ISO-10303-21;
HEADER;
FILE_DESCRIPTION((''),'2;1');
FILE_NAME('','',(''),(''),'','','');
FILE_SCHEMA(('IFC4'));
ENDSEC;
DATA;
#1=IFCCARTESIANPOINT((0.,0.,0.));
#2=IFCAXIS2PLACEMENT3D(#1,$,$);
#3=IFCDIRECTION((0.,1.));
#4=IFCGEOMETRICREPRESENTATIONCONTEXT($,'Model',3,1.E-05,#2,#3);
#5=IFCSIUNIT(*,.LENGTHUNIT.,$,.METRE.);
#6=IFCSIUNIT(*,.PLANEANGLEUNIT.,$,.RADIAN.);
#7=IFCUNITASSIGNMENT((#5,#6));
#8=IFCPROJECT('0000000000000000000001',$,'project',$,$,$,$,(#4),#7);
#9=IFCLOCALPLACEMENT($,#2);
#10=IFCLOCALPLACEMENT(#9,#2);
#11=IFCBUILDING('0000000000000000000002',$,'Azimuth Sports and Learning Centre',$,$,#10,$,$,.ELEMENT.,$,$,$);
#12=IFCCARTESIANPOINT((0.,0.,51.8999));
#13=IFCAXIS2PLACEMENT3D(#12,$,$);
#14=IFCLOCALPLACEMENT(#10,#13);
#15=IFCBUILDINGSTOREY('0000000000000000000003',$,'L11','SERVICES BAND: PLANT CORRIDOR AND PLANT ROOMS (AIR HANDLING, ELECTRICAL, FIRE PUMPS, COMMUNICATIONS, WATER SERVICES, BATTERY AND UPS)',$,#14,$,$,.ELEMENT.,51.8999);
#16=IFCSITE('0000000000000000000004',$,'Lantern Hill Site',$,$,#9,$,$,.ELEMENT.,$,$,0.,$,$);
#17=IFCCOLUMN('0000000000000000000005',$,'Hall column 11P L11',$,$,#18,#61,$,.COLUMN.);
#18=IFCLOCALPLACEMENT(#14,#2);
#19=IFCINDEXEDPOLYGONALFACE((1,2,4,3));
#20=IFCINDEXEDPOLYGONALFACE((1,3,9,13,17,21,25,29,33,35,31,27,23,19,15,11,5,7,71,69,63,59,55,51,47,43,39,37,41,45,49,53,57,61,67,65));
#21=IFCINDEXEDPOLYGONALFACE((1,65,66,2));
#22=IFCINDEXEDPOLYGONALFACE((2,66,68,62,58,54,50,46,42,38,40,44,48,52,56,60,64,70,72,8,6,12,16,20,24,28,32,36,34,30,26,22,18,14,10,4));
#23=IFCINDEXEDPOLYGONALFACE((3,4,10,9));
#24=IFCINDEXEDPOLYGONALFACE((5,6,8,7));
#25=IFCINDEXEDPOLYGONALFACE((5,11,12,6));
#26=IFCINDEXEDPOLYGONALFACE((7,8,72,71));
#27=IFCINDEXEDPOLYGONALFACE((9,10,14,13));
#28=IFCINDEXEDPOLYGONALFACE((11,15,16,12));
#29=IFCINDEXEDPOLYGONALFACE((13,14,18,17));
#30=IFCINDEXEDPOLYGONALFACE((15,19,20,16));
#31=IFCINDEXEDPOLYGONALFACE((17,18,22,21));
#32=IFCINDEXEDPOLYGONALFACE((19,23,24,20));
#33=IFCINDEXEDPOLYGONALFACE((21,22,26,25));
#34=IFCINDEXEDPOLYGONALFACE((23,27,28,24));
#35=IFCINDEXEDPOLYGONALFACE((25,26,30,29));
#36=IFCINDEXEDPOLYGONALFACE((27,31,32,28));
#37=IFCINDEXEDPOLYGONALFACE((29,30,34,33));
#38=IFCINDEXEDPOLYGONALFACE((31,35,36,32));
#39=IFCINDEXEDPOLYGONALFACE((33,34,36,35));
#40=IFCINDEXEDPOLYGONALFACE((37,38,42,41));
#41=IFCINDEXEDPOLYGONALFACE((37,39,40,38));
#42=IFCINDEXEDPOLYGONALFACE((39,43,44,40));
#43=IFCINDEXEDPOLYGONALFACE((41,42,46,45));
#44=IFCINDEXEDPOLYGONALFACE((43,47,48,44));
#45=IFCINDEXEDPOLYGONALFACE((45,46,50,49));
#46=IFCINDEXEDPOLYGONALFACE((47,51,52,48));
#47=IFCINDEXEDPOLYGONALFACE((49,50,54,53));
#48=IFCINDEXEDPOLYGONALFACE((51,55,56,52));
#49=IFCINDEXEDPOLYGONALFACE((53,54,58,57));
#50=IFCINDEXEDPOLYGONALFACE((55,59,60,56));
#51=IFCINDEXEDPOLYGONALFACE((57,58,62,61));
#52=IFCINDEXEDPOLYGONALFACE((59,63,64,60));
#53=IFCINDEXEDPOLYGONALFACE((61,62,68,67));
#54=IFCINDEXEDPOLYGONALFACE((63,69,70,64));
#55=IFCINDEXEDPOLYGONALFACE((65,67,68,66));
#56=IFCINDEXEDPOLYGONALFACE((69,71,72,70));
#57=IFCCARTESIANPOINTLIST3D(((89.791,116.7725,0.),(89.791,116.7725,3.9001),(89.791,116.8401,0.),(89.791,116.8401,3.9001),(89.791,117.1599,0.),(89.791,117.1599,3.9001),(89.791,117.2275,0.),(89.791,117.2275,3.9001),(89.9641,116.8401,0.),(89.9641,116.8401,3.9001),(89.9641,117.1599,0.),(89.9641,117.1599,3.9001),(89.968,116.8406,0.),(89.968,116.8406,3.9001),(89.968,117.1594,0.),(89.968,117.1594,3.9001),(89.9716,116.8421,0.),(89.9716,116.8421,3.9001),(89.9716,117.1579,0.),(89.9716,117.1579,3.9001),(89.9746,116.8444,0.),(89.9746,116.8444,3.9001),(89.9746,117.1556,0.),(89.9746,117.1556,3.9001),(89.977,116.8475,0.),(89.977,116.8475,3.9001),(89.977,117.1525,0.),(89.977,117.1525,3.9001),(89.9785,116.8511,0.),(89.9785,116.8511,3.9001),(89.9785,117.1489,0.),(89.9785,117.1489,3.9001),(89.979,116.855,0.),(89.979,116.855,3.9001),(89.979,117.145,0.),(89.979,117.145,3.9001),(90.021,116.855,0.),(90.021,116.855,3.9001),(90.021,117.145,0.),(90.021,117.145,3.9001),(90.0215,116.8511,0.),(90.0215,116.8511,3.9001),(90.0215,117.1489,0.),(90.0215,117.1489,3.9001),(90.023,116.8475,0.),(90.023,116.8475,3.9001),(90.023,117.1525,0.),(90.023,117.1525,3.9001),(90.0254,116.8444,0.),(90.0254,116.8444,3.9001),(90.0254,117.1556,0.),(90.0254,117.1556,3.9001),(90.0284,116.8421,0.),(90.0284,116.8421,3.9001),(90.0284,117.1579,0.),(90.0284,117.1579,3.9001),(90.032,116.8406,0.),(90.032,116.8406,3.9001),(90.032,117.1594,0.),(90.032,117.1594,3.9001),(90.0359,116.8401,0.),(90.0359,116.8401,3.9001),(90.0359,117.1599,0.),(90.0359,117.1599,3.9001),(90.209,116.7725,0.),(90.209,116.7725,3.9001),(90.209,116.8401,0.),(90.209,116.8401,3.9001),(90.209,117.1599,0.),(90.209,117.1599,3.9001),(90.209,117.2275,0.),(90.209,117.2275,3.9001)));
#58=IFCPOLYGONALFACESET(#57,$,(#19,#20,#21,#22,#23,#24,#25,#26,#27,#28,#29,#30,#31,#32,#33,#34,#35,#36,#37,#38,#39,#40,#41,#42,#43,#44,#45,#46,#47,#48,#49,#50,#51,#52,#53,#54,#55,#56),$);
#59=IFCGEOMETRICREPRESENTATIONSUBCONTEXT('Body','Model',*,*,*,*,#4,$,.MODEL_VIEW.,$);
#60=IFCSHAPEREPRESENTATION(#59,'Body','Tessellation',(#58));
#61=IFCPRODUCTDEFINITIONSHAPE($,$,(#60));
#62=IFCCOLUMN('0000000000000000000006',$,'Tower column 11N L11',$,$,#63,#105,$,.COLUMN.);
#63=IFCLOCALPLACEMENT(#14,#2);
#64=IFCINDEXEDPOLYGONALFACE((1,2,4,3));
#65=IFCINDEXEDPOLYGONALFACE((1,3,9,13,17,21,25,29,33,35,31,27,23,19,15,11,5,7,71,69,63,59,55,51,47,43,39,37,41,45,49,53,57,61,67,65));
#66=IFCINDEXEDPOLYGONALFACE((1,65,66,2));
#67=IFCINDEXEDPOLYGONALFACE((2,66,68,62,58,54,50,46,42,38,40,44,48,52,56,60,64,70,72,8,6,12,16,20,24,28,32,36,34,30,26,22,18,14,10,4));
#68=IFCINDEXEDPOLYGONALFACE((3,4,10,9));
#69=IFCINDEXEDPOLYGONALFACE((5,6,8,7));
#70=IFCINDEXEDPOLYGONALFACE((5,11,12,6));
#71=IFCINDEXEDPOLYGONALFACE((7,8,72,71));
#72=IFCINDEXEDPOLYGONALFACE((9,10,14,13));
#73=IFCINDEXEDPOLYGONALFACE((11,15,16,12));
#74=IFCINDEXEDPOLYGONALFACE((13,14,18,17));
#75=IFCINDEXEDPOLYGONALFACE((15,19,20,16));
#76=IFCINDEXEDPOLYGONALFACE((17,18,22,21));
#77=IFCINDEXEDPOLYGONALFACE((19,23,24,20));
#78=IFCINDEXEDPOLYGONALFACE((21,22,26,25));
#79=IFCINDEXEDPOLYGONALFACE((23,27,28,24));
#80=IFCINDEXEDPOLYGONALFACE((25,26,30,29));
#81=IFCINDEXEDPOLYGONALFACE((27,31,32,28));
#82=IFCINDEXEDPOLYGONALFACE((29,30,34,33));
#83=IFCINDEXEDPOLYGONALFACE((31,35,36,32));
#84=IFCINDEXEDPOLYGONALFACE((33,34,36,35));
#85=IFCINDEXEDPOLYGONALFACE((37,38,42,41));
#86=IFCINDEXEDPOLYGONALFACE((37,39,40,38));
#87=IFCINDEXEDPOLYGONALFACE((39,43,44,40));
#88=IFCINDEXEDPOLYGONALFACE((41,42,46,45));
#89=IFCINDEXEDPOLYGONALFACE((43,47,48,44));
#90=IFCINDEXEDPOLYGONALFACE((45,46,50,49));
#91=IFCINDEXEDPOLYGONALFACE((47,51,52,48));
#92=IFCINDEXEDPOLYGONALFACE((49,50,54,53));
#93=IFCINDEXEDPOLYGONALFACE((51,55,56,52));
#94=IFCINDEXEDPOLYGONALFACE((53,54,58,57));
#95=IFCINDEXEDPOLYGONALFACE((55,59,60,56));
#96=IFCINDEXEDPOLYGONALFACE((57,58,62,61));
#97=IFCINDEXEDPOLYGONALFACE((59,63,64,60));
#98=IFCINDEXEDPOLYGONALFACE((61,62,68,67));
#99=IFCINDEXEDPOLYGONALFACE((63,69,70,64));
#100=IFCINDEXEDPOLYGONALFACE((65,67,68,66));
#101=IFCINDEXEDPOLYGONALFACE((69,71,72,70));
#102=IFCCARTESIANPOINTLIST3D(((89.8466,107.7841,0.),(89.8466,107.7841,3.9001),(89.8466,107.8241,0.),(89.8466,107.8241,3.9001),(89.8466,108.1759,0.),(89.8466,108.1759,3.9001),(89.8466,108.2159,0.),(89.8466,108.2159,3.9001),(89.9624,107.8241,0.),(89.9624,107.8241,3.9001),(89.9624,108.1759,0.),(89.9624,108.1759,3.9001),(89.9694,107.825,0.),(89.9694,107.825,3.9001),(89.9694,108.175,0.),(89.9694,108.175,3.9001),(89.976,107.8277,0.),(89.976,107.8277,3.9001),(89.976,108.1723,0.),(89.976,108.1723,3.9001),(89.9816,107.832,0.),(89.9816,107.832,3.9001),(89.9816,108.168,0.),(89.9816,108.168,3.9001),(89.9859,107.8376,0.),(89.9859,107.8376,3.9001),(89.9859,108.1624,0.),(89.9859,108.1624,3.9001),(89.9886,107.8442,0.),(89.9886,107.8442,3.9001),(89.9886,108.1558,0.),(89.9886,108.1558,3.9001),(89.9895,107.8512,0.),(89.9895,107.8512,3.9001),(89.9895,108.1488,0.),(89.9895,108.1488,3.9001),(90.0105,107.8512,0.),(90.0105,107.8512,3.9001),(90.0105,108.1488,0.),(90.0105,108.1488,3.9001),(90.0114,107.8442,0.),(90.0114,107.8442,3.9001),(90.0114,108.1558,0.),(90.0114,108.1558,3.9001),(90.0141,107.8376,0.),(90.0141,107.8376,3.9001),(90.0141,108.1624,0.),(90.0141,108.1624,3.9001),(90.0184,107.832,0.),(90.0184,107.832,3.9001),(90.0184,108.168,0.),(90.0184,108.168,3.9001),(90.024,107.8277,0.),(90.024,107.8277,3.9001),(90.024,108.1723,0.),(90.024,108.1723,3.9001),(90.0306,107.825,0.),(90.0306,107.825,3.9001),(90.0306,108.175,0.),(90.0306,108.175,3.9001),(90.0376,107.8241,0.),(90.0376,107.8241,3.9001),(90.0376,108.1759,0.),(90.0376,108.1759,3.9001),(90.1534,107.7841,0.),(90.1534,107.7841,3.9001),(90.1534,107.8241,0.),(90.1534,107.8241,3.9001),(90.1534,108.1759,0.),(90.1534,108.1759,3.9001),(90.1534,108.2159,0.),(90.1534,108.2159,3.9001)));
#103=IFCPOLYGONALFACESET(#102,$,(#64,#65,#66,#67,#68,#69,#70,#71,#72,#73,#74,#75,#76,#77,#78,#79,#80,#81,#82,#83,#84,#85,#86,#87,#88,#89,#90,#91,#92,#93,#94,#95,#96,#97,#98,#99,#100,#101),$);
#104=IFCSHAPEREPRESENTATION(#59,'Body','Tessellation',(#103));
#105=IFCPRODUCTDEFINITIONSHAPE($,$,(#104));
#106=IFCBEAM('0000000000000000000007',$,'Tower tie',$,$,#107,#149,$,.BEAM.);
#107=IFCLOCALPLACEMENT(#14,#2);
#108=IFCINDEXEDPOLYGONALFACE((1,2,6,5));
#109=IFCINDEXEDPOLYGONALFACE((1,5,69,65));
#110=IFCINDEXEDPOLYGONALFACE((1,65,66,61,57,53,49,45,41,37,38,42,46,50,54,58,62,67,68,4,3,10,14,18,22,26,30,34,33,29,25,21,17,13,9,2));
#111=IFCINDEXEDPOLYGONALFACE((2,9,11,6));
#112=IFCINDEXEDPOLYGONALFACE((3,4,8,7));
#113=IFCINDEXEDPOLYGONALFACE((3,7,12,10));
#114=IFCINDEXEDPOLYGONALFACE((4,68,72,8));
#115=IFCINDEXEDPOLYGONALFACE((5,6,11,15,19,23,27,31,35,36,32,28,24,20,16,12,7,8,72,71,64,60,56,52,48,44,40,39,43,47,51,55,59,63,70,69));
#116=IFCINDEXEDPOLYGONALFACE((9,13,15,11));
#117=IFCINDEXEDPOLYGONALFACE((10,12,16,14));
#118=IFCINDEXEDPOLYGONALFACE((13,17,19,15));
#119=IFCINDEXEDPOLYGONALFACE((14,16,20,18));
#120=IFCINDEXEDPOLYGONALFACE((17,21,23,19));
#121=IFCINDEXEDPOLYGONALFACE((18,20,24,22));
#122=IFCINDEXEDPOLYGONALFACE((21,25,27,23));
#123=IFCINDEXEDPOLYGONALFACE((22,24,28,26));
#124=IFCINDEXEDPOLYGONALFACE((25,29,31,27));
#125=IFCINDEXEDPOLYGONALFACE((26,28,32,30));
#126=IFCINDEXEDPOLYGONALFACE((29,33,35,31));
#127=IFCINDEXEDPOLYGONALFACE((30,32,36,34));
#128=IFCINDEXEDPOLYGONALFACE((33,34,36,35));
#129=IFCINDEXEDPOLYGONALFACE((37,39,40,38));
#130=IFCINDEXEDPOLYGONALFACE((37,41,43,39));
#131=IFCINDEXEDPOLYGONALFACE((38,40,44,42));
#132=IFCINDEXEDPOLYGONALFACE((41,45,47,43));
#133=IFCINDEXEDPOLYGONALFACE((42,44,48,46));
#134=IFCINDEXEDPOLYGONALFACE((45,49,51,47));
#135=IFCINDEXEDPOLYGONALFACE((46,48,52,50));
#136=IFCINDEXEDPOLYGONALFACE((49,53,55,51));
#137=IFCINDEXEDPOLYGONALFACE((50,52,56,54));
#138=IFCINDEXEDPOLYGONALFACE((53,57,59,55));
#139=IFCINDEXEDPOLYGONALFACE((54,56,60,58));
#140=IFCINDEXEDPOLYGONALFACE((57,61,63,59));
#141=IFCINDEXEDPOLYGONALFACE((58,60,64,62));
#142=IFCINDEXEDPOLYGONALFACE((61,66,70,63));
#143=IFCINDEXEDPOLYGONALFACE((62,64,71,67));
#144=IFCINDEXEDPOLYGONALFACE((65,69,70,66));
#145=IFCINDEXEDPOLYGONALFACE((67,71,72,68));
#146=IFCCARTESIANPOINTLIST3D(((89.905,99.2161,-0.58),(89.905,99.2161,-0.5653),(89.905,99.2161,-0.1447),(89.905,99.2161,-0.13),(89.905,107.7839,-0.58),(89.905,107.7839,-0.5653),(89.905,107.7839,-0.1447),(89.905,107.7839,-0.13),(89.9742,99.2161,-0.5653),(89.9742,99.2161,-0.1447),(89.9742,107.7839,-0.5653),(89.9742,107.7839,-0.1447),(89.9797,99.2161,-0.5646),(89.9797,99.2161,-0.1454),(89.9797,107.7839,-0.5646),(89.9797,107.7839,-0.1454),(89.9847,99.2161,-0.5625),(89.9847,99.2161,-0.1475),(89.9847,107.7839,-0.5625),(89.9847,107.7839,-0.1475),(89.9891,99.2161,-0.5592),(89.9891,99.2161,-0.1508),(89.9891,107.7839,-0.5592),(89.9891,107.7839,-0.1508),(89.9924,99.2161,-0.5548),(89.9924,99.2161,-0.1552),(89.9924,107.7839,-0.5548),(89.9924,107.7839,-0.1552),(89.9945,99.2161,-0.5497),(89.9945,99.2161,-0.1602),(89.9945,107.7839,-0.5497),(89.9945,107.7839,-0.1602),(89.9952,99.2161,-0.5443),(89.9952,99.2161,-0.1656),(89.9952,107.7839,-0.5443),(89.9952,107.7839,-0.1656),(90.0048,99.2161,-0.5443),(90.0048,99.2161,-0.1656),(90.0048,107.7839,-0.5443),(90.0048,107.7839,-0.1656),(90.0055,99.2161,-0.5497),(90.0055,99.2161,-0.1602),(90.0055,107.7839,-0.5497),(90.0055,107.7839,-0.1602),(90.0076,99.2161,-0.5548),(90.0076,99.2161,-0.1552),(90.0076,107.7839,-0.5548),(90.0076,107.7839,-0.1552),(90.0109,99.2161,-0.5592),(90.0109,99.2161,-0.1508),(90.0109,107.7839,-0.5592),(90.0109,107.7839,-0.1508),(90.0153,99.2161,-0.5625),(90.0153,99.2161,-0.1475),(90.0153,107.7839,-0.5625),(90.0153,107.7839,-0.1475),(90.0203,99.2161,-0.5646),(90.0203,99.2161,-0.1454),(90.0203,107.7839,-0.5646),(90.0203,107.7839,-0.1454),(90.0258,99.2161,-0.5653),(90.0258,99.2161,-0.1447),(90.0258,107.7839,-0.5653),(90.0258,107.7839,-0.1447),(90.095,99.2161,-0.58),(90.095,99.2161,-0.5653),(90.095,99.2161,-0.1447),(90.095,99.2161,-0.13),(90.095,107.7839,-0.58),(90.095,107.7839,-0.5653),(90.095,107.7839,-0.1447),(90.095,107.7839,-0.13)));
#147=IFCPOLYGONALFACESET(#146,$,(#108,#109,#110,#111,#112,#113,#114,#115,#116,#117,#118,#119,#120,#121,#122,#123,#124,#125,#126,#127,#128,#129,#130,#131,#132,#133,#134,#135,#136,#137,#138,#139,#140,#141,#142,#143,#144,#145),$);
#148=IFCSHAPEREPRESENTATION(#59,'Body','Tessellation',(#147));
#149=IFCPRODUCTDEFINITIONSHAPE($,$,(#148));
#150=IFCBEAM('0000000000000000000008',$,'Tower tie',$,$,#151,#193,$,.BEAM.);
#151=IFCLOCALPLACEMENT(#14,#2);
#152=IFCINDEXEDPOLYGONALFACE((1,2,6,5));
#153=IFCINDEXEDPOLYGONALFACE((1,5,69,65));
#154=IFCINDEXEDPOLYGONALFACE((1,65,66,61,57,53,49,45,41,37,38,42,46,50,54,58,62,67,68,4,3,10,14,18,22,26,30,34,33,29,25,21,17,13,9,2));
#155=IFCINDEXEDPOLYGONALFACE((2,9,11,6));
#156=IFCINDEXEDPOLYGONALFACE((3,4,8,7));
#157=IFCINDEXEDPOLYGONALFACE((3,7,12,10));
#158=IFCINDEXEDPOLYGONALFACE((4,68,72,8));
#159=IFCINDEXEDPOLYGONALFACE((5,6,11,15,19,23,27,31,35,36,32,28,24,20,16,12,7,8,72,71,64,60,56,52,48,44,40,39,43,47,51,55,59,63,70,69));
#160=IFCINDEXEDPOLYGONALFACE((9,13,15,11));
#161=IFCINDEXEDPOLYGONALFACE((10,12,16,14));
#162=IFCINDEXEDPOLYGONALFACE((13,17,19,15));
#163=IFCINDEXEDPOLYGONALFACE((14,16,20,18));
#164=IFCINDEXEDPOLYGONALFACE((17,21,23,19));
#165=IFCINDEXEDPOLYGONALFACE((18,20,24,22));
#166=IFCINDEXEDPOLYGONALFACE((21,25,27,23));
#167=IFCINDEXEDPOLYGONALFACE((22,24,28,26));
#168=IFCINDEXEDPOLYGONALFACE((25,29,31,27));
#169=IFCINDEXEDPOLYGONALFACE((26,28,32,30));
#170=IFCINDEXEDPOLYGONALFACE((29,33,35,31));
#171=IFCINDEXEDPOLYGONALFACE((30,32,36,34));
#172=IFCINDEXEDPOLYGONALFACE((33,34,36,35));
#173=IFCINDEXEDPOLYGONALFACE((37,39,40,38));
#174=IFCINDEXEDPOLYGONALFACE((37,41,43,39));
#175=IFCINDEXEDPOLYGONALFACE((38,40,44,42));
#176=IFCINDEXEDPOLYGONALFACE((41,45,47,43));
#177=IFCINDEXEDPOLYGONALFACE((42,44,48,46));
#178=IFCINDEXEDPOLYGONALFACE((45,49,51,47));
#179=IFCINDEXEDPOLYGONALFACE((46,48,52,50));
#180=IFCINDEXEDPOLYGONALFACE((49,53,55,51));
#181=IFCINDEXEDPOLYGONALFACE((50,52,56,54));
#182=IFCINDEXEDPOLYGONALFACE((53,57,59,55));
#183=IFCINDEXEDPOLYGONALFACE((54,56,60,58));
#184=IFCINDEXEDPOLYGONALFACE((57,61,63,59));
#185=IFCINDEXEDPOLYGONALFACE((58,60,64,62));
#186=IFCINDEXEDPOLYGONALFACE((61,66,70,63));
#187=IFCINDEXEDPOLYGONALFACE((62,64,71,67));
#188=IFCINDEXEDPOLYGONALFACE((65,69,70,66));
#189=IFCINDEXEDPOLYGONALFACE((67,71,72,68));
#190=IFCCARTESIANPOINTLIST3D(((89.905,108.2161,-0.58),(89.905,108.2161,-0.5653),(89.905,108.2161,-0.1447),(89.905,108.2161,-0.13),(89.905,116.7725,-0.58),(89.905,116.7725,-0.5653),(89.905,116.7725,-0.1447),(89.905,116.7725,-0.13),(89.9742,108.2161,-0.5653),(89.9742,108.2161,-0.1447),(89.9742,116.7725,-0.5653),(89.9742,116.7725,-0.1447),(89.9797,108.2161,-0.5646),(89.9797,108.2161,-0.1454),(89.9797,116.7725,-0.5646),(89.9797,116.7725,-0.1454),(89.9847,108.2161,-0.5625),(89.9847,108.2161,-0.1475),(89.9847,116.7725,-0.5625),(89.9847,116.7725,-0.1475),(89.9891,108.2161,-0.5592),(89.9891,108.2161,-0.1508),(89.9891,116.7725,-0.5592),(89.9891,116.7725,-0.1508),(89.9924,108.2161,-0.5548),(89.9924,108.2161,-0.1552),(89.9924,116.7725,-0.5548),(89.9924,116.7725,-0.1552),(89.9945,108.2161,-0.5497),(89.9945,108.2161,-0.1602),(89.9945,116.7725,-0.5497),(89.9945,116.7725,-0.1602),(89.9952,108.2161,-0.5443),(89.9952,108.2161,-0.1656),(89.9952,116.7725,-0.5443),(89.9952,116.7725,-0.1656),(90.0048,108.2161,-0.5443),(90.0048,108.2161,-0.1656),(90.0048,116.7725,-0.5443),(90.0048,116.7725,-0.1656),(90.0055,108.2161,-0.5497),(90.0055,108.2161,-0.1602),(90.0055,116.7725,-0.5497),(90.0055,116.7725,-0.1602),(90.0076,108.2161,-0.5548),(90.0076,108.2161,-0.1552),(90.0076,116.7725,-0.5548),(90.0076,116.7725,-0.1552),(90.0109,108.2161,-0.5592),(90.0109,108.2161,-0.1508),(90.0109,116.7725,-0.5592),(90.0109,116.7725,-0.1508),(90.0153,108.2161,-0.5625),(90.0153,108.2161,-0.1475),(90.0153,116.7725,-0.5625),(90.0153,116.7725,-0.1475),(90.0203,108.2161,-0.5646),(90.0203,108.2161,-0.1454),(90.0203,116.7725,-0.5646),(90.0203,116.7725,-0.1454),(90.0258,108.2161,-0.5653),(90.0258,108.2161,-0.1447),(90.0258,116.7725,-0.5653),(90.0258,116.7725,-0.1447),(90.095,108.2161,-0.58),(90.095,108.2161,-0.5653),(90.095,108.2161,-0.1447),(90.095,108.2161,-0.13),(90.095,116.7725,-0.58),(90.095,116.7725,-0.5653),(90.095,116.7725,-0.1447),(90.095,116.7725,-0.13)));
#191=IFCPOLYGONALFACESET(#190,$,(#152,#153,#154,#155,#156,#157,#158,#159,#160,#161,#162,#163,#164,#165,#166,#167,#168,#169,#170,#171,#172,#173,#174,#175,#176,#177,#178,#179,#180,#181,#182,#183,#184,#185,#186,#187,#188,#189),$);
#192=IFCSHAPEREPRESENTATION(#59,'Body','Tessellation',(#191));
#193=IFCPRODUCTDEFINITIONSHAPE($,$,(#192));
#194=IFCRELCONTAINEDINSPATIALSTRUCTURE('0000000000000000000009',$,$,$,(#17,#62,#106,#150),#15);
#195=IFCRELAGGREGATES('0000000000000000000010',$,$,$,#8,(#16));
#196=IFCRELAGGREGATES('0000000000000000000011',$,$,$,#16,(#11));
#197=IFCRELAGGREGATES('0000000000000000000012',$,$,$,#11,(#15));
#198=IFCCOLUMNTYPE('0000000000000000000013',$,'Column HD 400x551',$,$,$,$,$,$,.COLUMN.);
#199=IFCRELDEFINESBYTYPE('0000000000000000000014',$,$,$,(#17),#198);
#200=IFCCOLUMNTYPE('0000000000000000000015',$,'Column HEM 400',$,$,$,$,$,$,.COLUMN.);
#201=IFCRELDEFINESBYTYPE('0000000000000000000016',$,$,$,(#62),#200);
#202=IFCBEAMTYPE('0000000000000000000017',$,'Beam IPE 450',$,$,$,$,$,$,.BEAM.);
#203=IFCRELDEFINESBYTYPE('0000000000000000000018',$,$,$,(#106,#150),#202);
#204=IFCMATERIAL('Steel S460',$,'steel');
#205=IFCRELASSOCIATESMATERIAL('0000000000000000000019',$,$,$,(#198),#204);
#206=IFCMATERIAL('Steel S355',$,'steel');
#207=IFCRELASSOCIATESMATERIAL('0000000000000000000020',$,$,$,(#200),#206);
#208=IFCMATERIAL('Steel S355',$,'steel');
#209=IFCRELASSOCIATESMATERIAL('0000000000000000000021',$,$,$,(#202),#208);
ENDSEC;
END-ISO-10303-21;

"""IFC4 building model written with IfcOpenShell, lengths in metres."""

from ifc_helpers import new_model, si_unit, direction, frame, origin, origin_2d, place, context, subcontext, project, spatial, i_section, extrude, material, material_profile, profile_set, type_object, element, save


model = new_model("IFC4")

# Units and contexts
model_context = context("Model", 3, precision=1e-05, world=origin(), true_north=direction((0.0, 1.0)))
body_context = subcontext(model_context, "Body", "Model", "MODEL_VIEW")
ifc_project = project(units=[si_unit("LENGTHUNIT", "METRE"), si_unit("PLANEANGLEUNIT", "RADIAN")], contexts=[model_context])

# Site, building, storey
site_placement = place(None, origin())
site = spatial("IfcSite", under=ifc_project, at=site_placement, Name="Lantern Hill Site", CompositionType="ELEMENT", RefElevation=0.0)
building_placement = place(site_placement, origin())
building = spatial("IfcBuilding", under=site, at=building_placement, Name="Azimuth Sports and Learning Centre", CompositionType="ELEMENT")
storey_placement = place(building_placement, frame((0.0, 0.0, 51.8999)))
storey = spatial("IfcBuildingStorey", under=building, at=storey_placement, Name="L11", Description="SERVICES BAND: PLANT CORRIDOR AND PLANT ROOMS (AIR HANDLING, ELECTRICAL, FIRE PUMPS, COMMUNICATIONS, WATER SERVICES, BATTERY AND UPS)", CompositionType="ELEMENT", Elevation=51.8999)

# Columns
ifc_material_1 = material(Name="Steel S460", Category="steel")
ifc_material_profile_1 = material_profile(ifc_material_1, i_section(OverallWidth=0.418, OverallDepth=0.4551, WebThickness=0.042, FlangeThickness=0.0676, FilletRadius=0.0149, at=origin_2d()), Name="HD 400x551")
ifc_profile_set_1 = profile_set([ifc_material_profile_1], Name="Steel S460")
column_type_1 = type_object("IfcColumnType", Name="Column HD 400x551", PredefinedType="COLUMN", material=ifc_profile_set_1)
column_1_placement = place(storey_placement, frame((90.0, 117.0, 0.0), z_axis=(0.0, 0.0, 1.0), x_axis=(1.0, 0.0, 0.0)))
element("IfcColumn", 1, at=column_1_placement, inside=storey, type_object=column_type_1, Name="Hall column 11P L11", PredefinedType="COLUMN", context=body_context, shape_type="SweptSolid", body=[
    extrude(i_section(OverallWidth=0.418, OverallDepth=0.4551, WebThickness=0.042, FlangeThickness=0.0676, FilletRadius=0.0149, at=origin_2d()), origin(), (0.0, 0.0, 1.0), 3.9001),
])
ifc_material_2 = material(Name="Steel S355", Category="steel")
ifc_material_profile_2 = material_profile(ifc_material_2, i_section(OverallWidth=0.3069, OverallDepth=0.4319, WebThickness=0.021, FlangeThickness=0.04, FilletRadius=0.0271, at=origin_2d()), Name="HEM 400")
ifc_profile_set_2 = profile_set([ifc_material_profile_2], Name="Steel S355")
column_type_2 = type_object("IfcColumnType", Name="Column HEM 400", PredefinedType="COLUMN", material=ifc_profile_set_2)
column_2_placement = place(storey_placement, frame((90.0, 108.0, 0.0), z_axis=(0.0, 0.0, 1.0), x_axis=(1.0, 0.0, 0.0)))
element("IfcColumn", 2, at=column_2_placement, inside=storey, type_object=column_type_2, Name="Tower column 11N L11", PredefinedType="COLUMN", context=body_context, shape_type="SweptSolid", body=[
    extrude(i_section(OverallWidth=0.3069, OverallDepth=0.4319, WebThickness=0.021, FlangeThickness=0.04, FilletRadius=0.0271, at=origin_2d()), origin(), (0.0, 0.0, 1.0), 3.9001),
])

# Beams
ifc_material_3 = material(Name="Steel S355", Category="steel")
ifc_material_profile_3 = material_profile(ifc_material_3, i_section(OverallWidth=0.1899, OverallDepth=0.45, WebThickness=0.0095, FlangeThickness=0.0146, FilletRadius=0.021, at=origin_2d()), Name="IPE 450")
ifc_profile_set_3 = profile_set([ifc_material_profile_3], Name="Steel S355")
beam_type_1 = type_object("IfcBeamType", Name="Beam IPE 450", PredefinedType="BEAM", material=ifc_profile_set_3)
beam_1_placement = place(storey_placement, frame((90.0, 99.2161, -0.355), z_axis=(0.0, 1.0, 0.0), x_axis=(-1.0, 0.0, 0.0)))
element("IfcBeam", 3, at=beam_1_placement, inside=storey, type_object=beam_type_1, Name="Tower tie", PredefinedType="BEAM", context=body_context, shape_type="SweptSolid", body=[
    extrude(i_section(OverallWidth=0.1899, OverallDepth=0.45, WebThickness=0.0095, FlangeThickness=0.0146, FilletRadius=0.021, at=origin_2d()), origin(), (0.0, 0.0, 1.0), 8.5679),
])
beam_2_placement = place(storey_placement, frame((90.0, 108.2161, -0.355), z_axis=(0.0, 1.0, 0.0), x_axis=(-1.0, 0.0, 0.0)))
element("IfcBeam", 4, at=beam_2_placement, inside=storey, type_object=beam_type_1, Name="Tower tie", PredefinedType="BEAM", context=body_context, shape_type="SweptSolid", body=[
    extrude(i_section(OverallWidth=0.1899, OverallDepth=0.45, WebThickness=0.0095, FlangeThickness=0.0146, FilletRadius=0.021, at=origin_2d()), origin(), (0.0, 0.0, 1.0), 8.5564),
])

save(model, "model.ifc")
